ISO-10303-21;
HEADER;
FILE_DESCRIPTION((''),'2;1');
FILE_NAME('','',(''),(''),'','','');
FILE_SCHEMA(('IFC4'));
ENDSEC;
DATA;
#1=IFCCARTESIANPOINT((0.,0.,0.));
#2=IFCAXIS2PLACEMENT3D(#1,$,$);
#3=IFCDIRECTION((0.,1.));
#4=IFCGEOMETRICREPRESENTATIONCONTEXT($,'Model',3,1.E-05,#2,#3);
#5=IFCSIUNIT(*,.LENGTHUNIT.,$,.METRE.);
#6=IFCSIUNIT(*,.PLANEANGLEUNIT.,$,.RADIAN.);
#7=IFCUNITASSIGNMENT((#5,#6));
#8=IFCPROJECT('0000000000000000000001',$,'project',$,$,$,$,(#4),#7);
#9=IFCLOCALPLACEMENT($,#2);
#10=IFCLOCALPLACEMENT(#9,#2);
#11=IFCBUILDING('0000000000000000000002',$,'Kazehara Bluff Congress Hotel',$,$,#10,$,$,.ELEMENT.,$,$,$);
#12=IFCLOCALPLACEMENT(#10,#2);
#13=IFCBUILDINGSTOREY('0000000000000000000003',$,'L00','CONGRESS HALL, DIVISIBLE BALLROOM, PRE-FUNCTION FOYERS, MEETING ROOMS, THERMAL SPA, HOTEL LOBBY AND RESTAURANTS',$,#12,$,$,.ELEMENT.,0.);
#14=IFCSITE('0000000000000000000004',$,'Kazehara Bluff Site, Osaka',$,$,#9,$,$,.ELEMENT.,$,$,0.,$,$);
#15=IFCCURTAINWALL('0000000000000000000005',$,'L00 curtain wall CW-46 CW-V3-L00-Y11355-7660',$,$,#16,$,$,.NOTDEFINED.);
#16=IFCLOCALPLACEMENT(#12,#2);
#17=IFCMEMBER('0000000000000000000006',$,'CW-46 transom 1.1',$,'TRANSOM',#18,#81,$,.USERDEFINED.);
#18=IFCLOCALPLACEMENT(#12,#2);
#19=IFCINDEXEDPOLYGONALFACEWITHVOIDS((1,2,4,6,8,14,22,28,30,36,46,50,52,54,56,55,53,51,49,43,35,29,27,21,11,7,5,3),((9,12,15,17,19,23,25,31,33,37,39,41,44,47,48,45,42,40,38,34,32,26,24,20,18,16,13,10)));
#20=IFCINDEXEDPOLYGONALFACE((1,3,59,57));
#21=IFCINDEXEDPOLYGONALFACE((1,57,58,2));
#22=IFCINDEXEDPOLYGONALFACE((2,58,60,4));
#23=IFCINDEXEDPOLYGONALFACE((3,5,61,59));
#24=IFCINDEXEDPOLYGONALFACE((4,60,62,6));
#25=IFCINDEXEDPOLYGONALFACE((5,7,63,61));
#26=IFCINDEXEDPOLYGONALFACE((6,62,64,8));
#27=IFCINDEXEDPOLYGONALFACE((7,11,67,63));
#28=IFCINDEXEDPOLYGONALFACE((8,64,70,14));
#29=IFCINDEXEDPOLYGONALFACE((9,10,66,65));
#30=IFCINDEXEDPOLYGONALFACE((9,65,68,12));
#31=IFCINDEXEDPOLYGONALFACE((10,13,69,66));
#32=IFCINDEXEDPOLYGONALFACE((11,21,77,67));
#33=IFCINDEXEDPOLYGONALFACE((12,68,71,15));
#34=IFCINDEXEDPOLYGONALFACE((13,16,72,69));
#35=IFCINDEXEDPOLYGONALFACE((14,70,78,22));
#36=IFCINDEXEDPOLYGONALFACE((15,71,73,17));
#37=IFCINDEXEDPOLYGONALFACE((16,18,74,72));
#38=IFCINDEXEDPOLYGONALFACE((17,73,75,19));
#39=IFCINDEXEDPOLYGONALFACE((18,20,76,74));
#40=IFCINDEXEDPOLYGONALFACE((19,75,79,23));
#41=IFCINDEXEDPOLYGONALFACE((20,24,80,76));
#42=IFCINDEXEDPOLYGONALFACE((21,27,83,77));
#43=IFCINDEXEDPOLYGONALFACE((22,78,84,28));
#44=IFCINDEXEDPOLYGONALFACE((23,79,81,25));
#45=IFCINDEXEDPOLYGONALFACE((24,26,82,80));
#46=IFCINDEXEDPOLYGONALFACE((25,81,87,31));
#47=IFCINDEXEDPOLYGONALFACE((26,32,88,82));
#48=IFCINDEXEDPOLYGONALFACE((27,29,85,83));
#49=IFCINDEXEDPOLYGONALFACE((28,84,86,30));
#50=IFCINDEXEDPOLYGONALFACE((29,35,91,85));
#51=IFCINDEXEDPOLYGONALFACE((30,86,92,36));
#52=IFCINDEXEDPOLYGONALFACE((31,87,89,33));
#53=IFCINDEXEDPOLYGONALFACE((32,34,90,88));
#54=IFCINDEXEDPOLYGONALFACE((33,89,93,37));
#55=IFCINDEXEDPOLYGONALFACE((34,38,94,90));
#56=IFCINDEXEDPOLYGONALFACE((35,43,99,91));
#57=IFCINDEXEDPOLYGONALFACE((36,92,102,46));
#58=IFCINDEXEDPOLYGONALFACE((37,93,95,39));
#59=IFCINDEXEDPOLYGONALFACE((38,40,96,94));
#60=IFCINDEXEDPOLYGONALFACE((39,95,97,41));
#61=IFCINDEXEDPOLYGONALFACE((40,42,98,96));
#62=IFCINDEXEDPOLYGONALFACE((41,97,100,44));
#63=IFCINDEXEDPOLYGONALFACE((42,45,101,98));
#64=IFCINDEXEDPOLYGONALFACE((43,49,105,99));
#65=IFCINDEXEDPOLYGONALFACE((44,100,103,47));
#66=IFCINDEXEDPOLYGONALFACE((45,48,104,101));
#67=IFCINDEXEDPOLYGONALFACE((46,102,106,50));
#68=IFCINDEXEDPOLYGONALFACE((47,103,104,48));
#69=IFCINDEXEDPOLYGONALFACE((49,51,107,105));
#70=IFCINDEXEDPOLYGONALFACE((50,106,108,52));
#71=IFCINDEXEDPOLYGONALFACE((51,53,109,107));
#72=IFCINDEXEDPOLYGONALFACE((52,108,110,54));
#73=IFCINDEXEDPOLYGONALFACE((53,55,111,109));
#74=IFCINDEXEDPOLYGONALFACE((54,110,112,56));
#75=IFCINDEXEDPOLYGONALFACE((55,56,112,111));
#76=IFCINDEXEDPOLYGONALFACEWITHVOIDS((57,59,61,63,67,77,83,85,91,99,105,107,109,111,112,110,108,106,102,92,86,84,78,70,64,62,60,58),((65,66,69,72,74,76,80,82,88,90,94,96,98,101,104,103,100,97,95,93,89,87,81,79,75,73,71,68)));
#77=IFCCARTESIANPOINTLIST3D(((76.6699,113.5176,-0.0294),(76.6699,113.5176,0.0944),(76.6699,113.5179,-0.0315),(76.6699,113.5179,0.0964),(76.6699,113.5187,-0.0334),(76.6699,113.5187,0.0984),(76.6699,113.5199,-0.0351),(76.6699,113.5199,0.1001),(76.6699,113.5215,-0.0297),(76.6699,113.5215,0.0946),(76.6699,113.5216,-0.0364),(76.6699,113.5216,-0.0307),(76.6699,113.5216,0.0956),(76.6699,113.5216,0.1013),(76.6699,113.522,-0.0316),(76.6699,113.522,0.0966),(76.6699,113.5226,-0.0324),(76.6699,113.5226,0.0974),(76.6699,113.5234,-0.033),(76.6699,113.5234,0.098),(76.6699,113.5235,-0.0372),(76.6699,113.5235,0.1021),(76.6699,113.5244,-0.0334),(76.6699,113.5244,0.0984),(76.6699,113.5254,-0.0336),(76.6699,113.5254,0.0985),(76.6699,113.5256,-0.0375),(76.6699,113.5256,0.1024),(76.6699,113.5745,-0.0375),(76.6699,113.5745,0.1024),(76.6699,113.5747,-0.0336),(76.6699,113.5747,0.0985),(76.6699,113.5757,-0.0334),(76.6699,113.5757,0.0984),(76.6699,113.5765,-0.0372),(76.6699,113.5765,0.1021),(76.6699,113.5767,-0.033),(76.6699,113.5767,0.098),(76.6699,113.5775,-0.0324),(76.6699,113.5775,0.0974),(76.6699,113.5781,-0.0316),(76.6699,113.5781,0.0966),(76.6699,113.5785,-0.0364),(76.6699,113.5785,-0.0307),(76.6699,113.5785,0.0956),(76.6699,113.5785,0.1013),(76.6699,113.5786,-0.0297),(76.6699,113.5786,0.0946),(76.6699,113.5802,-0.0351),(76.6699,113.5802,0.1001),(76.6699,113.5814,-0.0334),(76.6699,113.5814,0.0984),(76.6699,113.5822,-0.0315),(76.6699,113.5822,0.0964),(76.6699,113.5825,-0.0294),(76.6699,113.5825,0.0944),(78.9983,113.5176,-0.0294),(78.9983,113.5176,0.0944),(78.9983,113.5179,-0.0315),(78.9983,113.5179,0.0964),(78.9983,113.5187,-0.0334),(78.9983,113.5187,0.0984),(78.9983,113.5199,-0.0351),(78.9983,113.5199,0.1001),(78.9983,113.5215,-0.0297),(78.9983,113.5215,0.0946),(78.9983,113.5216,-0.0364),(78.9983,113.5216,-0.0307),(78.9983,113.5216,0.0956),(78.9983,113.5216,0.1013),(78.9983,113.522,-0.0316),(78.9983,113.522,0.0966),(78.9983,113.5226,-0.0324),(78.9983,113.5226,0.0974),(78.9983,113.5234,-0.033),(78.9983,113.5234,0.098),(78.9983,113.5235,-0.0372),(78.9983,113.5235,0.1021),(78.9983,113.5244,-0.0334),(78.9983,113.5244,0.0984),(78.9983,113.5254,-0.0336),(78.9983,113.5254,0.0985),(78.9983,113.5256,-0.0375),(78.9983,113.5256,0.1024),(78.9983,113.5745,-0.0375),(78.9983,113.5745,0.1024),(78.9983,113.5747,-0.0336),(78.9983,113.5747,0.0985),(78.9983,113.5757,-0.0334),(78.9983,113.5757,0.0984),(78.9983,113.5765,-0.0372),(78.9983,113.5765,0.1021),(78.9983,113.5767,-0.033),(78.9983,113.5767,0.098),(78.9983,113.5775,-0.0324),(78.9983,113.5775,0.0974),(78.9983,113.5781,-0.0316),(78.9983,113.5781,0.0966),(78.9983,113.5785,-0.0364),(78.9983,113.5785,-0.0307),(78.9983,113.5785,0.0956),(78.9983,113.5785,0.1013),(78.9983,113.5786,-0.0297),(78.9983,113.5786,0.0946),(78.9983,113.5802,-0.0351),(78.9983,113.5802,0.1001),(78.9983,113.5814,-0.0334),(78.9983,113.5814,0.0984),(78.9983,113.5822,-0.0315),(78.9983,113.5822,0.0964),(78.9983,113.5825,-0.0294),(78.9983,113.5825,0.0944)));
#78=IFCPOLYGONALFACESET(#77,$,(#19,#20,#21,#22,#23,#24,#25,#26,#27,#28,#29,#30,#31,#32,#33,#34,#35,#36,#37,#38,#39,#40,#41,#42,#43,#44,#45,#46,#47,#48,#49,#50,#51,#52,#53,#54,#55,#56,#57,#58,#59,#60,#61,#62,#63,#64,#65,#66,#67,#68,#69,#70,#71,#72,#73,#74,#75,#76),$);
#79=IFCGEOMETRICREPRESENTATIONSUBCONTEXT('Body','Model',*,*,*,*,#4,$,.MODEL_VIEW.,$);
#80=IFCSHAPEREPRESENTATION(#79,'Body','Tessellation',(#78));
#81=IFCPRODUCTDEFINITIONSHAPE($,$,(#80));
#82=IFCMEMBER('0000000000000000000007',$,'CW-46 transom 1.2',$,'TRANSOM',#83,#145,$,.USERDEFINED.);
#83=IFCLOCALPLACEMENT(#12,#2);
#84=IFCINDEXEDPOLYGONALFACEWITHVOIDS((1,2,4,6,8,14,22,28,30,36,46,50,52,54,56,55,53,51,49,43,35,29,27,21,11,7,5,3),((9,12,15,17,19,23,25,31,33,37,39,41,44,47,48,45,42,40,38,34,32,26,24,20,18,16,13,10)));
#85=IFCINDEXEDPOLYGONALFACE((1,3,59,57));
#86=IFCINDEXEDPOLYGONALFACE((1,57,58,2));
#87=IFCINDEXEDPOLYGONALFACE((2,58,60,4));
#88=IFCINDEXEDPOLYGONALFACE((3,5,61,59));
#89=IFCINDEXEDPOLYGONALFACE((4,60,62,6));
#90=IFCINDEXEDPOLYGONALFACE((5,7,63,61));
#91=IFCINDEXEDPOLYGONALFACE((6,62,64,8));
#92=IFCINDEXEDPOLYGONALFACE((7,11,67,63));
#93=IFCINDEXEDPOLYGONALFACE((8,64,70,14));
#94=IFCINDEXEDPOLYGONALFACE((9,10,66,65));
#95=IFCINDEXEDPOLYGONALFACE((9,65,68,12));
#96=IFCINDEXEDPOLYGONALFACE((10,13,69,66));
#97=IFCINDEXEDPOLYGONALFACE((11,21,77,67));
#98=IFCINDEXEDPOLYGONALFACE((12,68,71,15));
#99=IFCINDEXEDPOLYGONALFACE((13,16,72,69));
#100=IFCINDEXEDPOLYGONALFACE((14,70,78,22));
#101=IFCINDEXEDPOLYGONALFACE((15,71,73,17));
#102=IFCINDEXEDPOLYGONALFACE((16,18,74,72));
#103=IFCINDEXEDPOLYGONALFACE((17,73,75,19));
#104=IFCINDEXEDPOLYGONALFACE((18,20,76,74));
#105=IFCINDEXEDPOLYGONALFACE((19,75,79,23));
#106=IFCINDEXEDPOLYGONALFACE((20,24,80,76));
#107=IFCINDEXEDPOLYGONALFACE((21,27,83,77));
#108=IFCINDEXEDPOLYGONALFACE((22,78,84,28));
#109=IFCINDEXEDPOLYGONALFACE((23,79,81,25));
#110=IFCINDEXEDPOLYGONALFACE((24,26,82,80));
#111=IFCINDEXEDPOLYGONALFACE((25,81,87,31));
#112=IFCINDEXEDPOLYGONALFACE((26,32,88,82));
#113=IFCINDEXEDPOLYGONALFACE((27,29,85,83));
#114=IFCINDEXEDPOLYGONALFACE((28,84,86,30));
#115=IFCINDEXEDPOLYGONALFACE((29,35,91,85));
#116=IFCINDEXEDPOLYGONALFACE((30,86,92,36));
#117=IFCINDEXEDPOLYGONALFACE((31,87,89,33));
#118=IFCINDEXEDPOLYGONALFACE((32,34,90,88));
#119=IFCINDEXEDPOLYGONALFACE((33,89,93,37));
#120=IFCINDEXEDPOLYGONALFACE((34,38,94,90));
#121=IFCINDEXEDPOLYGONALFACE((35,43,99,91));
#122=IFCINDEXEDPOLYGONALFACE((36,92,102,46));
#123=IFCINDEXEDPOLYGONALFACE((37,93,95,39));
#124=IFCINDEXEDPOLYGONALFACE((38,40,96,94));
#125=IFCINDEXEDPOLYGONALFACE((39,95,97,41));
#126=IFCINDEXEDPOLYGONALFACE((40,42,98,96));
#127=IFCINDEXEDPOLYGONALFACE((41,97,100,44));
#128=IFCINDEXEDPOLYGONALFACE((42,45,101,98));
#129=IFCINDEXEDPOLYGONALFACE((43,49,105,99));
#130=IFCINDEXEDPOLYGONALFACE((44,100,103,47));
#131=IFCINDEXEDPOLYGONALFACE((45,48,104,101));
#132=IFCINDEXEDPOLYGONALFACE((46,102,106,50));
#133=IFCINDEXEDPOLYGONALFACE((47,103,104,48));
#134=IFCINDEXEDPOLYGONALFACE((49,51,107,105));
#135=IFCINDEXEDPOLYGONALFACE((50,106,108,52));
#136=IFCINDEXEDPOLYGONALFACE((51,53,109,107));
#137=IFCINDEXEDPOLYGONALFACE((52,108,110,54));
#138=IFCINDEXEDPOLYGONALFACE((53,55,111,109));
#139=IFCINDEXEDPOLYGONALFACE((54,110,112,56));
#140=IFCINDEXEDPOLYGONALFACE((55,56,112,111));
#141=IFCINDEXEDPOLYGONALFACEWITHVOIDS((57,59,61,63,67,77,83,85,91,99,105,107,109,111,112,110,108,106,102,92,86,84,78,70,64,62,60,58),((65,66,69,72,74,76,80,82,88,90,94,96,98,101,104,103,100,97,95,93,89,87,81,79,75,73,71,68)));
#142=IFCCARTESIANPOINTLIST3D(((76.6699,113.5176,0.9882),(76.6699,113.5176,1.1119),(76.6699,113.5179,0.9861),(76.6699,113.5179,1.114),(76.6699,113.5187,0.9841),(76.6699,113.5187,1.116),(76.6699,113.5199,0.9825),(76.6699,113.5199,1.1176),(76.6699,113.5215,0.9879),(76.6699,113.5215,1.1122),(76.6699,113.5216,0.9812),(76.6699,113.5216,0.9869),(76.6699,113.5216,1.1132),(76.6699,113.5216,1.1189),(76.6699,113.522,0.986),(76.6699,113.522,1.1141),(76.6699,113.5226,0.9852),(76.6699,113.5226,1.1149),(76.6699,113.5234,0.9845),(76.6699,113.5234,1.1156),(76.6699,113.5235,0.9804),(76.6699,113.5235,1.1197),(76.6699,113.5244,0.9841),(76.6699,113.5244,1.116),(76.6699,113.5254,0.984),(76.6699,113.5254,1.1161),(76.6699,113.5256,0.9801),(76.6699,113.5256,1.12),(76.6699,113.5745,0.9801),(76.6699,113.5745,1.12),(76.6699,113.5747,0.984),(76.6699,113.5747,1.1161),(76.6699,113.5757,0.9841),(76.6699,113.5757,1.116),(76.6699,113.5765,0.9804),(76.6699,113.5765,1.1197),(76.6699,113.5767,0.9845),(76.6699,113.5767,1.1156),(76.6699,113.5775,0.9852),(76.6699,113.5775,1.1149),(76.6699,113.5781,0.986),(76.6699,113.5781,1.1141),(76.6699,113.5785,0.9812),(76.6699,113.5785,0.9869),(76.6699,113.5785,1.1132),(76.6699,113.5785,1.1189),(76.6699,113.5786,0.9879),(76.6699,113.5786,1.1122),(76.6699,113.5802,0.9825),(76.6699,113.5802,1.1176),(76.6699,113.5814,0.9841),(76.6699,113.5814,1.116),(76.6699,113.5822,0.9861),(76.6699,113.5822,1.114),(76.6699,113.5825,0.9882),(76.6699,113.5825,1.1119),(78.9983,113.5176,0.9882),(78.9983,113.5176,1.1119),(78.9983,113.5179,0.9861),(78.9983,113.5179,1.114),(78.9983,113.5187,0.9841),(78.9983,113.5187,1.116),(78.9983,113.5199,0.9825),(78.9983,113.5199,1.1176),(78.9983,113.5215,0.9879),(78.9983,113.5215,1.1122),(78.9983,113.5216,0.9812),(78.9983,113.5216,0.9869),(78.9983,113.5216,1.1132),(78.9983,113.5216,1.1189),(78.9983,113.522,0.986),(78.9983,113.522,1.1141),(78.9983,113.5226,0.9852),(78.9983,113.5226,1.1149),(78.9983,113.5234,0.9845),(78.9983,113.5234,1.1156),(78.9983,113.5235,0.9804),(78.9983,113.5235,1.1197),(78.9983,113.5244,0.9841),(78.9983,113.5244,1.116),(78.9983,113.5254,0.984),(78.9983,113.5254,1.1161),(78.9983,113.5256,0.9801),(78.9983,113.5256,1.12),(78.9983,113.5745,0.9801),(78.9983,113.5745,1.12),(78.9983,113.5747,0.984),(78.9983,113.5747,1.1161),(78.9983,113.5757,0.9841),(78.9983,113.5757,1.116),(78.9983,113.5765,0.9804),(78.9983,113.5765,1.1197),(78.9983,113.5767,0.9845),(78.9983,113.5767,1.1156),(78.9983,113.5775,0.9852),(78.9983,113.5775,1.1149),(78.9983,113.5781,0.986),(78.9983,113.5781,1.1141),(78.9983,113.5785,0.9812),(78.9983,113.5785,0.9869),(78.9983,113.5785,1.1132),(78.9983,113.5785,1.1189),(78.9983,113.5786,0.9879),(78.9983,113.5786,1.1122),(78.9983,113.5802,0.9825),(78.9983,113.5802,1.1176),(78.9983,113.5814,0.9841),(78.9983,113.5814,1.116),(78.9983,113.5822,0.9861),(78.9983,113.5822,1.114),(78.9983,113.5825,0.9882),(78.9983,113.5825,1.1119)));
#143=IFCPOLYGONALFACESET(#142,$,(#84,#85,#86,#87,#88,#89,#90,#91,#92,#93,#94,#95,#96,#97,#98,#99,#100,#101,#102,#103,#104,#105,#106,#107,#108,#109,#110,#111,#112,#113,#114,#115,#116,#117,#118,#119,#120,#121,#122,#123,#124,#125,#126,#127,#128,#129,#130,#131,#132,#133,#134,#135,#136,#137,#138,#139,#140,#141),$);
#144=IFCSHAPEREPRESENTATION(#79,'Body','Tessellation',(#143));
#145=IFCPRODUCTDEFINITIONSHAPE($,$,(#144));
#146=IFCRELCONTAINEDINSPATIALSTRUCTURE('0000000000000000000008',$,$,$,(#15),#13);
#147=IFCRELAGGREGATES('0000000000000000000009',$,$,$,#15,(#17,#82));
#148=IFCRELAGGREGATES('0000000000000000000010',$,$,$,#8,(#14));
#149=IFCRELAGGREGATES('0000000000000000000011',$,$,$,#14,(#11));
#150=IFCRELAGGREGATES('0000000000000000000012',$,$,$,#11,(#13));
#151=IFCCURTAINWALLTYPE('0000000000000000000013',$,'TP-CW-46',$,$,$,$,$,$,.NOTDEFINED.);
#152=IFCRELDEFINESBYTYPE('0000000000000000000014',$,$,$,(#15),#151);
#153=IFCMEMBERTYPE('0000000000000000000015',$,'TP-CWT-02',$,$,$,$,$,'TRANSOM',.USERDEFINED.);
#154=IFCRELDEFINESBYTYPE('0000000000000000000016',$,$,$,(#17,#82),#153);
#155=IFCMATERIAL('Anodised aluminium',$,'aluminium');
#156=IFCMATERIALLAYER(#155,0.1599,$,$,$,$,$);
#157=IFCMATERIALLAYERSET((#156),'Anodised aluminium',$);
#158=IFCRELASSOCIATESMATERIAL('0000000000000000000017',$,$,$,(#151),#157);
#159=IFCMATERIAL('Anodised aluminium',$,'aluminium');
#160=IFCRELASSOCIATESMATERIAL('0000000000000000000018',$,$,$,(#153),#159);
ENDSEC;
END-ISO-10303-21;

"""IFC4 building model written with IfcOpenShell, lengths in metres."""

from ifc_helpers import new_model, si_unit, direction, frame, origin, origin_2d, place, context, subcontext, project, spatial, hollow_rectangle, extrude, material, layer, layer_set, material_profile, profile_set, type_object, element, aggregate, save


model = new_model("IFC4")

# Units and contexts
model_context = context("Model", 3, precision=1e-05, world=origin(), true_north=direction((0.0, 1.0)))
body_context = subcontext(model_context, "Body", "Model", "MODEL_VIEW")
ifc_project = project(units=[si_unit("LENGTHUNIT", "METRE"), si_unit("PLANEANGLEUNIT", "RADIAN")], contexts=[model_context])

# Site, building, storey
site_placement = place(None, origin())
site = spatial("IfcSite", under=ifc_project, at=site_placement, Name="Kazehara Bluff Site, Osaka", CompositionType="ELEMENT", RefElevation=0.0)
building_placement = place(site_placement, origin())
building = spatial("IfcBuilding", under=site, at=building_placement, Name="Kazehara Bluff Congress Hotel", CompositionType="ELEMENT")
storey_placement = place(building_placement, origin())
storey = spatial("IfcBuildingStorey", under=building, at=storey_placement, Name="L00", Description="CONGRESS HALL, DIVISIBLE BALLROOM, PRE-FUNCTION FOYERS, MEETING ROOMS, THERMAL SPA, HOTEL LOBBY AND RESTAURANTS", CompositionType="ELEMENT", Elevation=0.0)

# Curtain wall, members
ifc_material_1 = material(Name="Anodised aluminium", Category="aluminium")
ifc_layer_1 = layer(ifc_material_1, 0.1599)
ifc_layer_set_1 = layer_set([ifc_layer_1], Name="Anodised aluminium")
curtain_wall_type_1 = type_object("IfcCurtainWallType", Name="TP-CW-46", PredefinedType="NOTDEFINED", material=ifc_layer_set_1)
curtain_wall_1_placement = place(storey_placement, origin())
curtain_wall_1 = element("IfcCurtainWall", 1, at=curtain_wall_1_placement, inside=storey, type_object=curtain_wall_type_1, Name="L00 curtain wall CW-46 CW-V3-L00-Y11355-7660", PredefinedType="NOTDEFINED")
ifc_material_2 = material(Name="Anodised aluminium", Category="aluminium")
ifc_material_profile_1 = material_profile(ifc_material_2, hollow_rectangle(XDim=0.0649, YDim=0.1399, WallThickness=0.0039, InnerFilletRadius=0.0039, OuterFilletRadius=0.0081, at=origin_2d()))
ifc_profile_set_1 = profile_set([ifc_material_profile_1], Name="Anodised aluminium")
member_type_1 = type_object("IfcMemberType", Name="TP-CWT-02", ElementType="TRANSOM", PredefinedType="USERDEFINED", material=ifc_profile_set_1)
member_1_placement = place(storey_placement, frame((76.6699, 113.55, 0.0325), z_axis=(1.0, 0.0, 0.0), x_axis=(0.0, 1.0, 0.0)))
member_1 = element("IfcMember", 2, at=member_1_placement, type_object=member_type_1, Name="CW-46 transom 1.1", ObjectType="TRANSOM", PredefinedType="USERDEFINED", context=body_context, shape_type="SweptSolid", body=[
    extrude(hollow_rectangle(XDim=0.0649, YDim=0.1399, WallThickness=0.0039, InnerFilletRadius=0.0039, OuterFilletRadius=0.0081, at=origin_2d()), origin(), (0.0, 0.0, 1.0), 2.3284),
])
member_2_placement = place(storey_placement, frame((76.6699, 113.55, 1.05), z_axis=(1.0, 0.0, 0.0), x_axis=(0.0, 1.0, 0.0)))
member_2 = element("IfcMember", 3, at=member_2_placement, type_object=member_type_1, Name="CW-46 transom 1.2", ObjectType="TRANSOM", PredefinedType="USERDEFINED", context=body_context, shape_type="SweptSolid", body=[
    extrude(hollow_rectangle(XDim=0.0649, YDim=0.1399, WallThickness=0.0039, InnerFilletRadius=0.0039, OuterFilletRadius=0.0081, at=origin_2d()), origin(), (0.0, 0.0, 1.0), 2.3284),
])

aggregate(curtain_wall_1, [member_1, member_2])

save(model, "model.ifc")
